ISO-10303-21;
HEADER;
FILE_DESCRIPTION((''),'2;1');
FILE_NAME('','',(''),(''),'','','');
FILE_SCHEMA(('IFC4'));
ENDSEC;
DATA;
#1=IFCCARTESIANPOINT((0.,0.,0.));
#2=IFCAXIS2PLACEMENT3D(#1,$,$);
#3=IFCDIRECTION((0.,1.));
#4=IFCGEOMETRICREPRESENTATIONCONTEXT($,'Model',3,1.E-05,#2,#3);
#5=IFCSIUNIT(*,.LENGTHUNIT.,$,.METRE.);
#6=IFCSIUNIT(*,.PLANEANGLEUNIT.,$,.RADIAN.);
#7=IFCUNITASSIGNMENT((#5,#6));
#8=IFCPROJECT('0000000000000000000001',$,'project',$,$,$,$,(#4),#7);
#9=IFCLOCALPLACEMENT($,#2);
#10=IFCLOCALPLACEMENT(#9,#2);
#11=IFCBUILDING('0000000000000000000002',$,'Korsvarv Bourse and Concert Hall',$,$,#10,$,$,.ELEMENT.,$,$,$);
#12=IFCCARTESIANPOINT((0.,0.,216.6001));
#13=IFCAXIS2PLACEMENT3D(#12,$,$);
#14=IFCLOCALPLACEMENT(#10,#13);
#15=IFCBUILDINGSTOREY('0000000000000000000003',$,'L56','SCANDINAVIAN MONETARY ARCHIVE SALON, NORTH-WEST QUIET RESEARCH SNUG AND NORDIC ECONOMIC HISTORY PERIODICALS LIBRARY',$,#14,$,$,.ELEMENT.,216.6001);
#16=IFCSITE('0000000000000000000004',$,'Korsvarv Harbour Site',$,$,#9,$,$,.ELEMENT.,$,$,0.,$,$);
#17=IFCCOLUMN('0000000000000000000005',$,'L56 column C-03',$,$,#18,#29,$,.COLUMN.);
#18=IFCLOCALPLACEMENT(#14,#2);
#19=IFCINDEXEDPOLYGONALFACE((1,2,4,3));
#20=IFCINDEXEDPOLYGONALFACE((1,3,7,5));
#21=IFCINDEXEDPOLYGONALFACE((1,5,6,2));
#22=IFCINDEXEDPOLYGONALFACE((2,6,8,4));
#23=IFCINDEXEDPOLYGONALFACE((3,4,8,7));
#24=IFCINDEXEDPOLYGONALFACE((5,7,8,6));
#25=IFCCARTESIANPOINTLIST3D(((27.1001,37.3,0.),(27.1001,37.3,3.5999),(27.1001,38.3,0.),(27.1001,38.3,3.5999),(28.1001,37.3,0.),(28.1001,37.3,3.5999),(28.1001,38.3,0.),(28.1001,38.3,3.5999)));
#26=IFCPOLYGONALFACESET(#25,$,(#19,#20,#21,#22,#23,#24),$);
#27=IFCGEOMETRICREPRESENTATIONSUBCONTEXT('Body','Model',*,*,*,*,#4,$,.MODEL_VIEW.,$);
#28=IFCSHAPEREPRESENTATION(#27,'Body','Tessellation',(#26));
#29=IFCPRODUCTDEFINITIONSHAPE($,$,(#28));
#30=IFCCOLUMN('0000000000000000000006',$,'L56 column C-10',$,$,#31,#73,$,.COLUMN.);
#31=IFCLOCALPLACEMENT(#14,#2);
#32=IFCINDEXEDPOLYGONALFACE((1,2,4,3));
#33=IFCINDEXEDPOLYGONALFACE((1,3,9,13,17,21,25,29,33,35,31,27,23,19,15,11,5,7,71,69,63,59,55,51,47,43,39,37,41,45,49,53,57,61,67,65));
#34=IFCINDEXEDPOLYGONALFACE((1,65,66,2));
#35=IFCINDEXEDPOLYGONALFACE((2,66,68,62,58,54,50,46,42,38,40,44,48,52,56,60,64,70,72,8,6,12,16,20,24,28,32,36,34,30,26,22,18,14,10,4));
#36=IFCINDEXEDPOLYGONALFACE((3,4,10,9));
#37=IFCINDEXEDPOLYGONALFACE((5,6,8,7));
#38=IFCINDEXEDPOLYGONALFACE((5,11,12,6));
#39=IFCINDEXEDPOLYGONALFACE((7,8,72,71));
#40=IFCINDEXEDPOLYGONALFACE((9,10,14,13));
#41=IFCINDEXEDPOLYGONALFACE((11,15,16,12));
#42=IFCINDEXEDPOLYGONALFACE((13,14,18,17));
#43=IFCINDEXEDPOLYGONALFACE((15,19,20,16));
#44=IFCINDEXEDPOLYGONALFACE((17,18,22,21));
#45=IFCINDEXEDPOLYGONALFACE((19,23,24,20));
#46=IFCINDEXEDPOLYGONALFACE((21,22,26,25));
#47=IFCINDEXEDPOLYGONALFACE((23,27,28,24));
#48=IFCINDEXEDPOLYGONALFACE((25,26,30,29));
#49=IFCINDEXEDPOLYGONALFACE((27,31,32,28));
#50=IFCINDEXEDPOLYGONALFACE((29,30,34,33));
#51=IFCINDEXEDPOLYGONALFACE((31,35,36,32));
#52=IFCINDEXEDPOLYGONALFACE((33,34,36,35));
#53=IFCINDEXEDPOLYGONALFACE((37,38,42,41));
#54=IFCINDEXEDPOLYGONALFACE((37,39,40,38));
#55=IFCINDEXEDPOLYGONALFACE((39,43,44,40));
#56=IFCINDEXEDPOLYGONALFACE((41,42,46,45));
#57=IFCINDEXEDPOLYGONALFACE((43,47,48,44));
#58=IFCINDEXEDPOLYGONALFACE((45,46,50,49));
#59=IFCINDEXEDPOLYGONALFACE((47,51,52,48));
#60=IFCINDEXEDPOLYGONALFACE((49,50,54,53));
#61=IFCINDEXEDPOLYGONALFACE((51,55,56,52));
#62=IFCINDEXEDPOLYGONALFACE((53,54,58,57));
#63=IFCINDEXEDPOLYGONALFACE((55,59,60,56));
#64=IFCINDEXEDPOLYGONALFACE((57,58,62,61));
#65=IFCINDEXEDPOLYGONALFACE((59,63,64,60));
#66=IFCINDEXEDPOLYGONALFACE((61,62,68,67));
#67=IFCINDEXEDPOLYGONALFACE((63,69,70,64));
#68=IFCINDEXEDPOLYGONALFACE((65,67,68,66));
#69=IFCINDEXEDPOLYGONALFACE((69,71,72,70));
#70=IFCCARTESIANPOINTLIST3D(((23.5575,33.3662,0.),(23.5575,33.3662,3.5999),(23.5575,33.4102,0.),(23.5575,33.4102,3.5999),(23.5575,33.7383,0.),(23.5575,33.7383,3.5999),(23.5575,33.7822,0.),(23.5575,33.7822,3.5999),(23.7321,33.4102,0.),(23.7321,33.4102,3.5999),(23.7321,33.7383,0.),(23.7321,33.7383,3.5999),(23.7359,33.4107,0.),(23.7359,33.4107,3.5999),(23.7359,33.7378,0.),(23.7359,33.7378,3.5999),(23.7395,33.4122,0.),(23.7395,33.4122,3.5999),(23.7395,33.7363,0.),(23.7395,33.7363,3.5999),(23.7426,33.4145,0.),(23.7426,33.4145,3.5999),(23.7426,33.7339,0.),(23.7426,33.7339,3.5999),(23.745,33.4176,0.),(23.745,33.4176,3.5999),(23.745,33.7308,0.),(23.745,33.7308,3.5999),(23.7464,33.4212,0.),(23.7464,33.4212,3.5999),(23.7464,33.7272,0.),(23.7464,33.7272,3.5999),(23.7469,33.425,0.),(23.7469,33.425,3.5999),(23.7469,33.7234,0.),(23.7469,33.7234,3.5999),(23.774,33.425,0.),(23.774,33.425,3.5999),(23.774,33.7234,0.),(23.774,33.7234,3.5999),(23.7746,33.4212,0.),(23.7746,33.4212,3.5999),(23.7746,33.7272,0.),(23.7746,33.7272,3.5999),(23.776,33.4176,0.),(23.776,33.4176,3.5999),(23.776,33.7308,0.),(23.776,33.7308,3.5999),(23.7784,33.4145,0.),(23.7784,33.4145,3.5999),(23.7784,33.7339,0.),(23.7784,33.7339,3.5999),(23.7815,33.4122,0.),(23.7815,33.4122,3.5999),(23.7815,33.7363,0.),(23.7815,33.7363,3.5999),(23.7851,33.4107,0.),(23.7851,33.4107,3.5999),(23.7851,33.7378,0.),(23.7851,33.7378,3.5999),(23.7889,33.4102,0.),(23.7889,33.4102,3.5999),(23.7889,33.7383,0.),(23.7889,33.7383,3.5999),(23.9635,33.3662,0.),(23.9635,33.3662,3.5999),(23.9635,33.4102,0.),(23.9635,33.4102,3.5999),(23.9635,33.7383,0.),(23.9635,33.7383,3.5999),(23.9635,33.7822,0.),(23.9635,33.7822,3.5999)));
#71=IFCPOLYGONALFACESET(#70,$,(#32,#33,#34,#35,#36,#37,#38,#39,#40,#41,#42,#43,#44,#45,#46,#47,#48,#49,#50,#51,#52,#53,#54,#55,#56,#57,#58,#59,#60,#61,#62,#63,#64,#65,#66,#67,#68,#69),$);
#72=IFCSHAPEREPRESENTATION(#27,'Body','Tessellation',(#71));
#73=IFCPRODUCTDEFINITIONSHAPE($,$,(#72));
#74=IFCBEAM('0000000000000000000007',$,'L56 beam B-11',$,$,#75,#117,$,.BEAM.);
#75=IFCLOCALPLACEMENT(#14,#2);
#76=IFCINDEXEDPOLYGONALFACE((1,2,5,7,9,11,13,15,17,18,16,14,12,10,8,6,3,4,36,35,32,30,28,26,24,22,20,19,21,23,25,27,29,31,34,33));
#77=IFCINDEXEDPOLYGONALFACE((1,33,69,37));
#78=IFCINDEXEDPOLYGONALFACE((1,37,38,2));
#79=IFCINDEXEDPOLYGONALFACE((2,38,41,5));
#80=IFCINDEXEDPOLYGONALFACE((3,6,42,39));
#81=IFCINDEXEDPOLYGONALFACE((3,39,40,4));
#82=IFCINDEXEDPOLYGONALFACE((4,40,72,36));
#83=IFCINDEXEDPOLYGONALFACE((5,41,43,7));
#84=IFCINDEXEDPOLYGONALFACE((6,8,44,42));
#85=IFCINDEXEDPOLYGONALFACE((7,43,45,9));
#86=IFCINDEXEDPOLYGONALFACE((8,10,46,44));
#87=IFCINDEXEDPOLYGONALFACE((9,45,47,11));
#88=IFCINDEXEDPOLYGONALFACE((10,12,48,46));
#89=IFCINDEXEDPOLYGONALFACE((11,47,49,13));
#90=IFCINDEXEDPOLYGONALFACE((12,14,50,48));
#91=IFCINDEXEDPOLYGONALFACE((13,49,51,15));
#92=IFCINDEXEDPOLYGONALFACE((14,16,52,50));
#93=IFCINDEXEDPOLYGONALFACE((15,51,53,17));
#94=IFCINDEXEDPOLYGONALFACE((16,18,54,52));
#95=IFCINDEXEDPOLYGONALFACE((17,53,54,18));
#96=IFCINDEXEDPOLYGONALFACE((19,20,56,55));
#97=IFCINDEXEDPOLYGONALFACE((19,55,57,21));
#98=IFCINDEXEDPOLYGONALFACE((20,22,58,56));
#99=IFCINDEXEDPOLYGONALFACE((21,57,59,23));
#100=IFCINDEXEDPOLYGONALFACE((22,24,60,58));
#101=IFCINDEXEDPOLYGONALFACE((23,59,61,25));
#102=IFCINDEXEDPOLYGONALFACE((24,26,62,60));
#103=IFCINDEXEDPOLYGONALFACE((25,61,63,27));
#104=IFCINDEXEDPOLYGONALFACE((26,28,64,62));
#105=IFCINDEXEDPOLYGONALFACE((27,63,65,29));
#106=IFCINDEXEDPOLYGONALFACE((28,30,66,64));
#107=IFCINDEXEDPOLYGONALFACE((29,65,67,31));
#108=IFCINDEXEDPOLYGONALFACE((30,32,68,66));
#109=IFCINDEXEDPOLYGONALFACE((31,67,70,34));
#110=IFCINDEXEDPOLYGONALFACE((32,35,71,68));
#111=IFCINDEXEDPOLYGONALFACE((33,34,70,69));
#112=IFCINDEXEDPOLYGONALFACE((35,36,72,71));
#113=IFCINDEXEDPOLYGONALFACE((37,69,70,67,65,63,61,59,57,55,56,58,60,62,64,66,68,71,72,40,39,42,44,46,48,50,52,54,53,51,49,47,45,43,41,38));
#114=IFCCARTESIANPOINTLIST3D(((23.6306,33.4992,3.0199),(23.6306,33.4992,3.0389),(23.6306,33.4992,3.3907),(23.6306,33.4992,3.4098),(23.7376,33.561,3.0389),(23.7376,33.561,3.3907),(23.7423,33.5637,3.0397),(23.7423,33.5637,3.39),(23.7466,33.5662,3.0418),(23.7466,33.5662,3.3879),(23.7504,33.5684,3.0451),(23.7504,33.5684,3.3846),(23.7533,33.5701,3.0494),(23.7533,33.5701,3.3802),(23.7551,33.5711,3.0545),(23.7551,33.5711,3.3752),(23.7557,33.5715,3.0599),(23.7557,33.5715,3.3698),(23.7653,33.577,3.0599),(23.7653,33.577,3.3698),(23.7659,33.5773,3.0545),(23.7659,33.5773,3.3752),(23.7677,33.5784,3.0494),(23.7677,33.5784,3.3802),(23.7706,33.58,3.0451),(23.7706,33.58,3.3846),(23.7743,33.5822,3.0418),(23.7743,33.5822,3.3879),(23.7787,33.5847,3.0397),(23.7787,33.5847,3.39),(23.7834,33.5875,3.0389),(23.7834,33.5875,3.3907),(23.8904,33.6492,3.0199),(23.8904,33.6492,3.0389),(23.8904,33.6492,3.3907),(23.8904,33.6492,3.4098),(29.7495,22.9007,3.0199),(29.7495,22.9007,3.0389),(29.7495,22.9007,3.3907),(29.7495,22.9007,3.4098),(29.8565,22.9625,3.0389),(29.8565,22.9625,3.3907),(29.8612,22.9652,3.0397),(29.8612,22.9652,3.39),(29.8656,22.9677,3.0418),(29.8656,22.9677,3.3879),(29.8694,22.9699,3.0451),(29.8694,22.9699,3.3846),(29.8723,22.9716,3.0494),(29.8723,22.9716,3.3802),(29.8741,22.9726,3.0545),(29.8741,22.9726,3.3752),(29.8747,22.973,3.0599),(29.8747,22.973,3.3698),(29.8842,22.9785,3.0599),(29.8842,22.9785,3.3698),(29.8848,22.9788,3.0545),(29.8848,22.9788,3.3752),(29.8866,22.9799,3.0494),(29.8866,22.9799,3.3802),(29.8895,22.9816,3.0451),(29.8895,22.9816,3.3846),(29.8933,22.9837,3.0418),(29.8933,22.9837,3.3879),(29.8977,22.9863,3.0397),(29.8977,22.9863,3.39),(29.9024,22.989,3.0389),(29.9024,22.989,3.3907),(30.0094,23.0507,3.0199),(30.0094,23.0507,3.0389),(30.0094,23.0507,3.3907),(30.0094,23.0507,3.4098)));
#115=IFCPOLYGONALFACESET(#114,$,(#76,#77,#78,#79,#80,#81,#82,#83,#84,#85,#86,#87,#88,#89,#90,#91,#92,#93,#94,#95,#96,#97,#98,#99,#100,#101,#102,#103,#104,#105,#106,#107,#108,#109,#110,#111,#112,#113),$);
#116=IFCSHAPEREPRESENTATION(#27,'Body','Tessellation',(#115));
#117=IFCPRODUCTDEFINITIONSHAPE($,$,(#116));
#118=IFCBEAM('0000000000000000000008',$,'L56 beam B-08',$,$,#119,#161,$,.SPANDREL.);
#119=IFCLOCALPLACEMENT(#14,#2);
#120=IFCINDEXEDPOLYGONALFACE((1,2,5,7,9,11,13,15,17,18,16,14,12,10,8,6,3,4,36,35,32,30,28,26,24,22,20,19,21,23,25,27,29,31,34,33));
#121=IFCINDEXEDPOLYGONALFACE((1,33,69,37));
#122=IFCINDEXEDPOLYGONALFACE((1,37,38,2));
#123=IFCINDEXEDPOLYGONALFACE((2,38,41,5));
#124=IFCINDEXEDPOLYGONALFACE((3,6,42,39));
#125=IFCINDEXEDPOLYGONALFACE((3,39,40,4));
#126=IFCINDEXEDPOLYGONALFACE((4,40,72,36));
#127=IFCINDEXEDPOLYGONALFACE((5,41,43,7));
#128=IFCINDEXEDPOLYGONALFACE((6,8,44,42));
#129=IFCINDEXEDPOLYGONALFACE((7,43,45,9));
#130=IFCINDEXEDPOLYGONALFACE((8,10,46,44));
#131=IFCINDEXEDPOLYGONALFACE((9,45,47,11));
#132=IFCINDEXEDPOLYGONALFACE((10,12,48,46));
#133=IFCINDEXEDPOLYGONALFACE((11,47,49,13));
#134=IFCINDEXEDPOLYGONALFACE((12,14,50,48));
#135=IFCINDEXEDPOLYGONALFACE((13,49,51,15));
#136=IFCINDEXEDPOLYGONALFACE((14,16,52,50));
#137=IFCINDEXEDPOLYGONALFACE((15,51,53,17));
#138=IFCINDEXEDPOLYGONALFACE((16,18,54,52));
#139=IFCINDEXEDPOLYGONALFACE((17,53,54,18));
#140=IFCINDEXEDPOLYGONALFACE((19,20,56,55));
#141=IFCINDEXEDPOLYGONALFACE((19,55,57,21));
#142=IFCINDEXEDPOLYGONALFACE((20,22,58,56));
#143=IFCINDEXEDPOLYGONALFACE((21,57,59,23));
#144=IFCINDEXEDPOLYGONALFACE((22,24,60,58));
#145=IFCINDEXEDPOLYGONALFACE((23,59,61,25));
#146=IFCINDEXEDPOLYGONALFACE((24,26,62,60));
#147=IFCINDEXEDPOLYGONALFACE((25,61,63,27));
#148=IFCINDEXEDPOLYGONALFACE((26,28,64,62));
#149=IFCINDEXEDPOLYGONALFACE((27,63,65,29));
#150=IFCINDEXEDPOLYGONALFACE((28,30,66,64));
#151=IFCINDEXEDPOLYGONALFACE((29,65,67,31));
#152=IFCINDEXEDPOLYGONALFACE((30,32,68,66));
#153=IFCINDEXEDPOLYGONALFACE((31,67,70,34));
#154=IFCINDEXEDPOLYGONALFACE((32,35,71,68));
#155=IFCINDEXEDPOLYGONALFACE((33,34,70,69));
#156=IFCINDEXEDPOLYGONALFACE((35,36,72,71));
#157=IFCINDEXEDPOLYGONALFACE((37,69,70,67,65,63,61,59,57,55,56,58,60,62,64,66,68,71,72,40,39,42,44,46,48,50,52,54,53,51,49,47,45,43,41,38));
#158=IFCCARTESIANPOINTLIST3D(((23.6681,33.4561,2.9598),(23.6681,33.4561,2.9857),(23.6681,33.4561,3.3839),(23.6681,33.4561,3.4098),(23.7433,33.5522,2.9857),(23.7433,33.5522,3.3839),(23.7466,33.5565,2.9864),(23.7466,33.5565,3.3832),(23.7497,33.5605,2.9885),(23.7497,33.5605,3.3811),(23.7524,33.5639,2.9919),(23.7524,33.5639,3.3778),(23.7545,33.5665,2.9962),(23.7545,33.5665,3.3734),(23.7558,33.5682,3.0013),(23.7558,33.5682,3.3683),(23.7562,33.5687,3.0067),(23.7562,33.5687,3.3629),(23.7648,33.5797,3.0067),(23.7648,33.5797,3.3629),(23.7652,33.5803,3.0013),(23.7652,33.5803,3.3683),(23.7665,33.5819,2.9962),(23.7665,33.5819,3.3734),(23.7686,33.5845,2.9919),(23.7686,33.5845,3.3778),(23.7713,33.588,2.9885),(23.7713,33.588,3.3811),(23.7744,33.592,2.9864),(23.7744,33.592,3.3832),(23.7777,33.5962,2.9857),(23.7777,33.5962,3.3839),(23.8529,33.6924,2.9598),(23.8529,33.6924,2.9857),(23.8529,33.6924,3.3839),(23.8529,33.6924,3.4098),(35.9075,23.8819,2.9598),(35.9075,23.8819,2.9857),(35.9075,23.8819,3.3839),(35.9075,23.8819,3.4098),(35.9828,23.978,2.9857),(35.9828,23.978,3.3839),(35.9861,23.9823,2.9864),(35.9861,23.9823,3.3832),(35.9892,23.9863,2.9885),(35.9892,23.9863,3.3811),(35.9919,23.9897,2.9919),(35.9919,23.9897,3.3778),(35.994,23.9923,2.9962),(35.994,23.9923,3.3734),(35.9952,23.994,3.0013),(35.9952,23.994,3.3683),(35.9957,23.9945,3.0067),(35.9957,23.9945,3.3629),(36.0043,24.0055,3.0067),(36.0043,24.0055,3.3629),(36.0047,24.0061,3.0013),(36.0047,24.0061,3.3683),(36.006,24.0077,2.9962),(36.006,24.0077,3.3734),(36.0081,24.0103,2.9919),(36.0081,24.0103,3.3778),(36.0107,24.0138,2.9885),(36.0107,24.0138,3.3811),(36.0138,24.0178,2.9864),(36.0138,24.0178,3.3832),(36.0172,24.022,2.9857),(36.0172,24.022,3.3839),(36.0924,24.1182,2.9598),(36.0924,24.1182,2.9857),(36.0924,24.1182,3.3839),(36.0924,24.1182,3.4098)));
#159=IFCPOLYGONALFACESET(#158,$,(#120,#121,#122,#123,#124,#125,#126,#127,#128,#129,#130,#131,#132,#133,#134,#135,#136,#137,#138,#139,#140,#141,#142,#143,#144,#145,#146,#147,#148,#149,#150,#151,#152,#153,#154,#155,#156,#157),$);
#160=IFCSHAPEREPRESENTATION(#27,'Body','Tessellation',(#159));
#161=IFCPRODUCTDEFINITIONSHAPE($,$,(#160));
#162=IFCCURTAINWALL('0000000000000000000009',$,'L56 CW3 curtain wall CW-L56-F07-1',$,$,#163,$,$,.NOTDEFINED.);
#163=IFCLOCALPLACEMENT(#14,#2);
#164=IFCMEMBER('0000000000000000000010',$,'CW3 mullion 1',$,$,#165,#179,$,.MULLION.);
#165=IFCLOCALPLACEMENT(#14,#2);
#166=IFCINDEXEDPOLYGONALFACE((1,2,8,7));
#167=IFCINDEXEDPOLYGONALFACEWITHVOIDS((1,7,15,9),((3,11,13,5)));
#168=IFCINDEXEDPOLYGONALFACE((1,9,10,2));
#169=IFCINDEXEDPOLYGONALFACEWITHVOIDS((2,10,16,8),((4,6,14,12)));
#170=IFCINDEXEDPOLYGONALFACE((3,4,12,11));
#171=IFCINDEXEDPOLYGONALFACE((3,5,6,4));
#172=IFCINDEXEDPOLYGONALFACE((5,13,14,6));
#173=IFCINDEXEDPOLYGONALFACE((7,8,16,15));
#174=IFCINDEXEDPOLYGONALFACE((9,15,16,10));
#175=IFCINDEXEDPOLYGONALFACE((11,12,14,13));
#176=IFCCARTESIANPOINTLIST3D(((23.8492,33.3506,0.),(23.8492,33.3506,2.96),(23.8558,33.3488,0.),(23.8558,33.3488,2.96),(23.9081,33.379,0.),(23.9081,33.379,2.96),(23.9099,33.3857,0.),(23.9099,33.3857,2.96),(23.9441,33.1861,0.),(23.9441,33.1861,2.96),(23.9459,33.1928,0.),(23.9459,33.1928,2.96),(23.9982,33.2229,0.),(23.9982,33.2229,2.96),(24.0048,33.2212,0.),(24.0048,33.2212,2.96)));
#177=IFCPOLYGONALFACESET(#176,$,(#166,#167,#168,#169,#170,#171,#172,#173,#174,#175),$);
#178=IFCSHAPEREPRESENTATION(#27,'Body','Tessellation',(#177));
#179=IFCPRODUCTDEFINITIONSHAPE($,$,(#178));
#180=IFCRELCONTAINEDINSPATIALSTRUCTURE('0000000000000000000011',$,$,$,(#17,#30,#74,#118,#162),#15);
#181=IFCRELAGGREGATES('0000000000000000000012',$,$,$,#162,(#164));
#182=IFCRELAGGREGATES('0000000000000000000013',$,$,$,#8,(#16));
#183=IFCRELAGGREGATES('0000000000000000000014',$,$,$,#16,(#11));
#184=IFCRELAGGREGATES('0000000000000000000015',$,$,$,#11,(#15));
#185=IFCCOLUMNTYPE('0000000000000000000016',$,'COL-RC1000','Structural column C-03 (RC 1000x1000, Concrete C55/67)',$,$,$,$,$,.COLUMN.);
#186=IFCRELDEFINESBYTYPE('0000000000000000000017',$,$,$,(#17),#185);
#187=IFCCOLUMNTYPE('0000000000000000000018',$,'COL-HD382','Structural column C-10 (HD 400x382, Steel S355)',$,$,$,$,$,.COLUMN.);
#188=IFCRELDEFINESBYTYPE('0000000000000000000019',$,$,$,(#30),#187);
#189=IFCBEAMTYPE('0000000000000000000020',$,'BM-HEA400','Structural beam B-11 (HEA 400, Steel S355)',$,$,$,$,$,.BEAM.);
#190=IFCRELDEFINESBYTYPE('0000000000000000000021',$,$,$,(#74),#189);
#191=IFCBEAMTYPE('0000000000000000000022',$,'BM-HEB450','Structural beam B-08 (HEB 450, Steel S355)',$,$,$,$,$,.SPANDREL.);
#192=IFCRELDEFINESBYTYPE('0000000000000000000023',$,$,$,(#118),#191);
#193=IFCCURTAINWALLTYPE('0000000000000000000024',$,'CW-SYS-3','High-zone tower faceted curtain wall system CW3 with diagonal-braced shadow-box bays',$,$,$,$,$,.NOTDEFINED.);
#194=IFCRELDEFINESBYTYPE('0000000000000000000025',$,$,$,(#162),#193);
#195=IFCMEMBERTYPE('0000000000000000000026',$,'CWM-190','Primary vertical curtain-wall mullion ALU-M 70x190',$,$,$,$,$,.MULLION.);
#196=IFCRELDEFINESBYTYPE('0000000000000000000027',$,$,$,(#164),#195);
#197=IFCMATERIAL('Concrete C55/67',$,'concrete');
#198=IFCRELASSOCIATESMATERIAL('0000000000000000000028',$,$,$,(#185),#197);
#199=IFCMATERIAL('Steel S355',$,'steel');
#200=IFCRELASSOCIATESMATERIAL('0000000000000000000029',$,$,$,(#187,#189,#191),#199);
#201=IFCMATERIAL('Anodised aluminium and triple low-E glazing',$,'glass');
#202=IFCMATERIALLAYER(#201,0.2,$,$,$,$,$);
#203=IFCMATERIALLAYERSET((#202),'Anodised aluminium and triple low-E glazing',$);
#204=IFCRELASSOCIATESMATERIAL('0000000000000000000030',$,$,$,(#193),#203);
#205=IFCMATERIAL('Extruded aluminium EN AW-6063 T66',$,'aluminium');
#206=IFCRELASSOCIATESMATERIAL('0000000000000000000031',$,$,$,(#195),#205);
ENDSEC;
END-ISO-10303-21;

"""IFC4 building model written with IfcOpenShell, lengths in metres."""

from ifc_helpers import new_model, si_unit, direction, frame, origin, origin_2d, place, context, subcontext, project, spatial, rectangle, hollow_rectangle, i_section, extrude, source, transform, mapped, material, layer, layer_set, material_profile, profile_set, type_object, element, aggregate, save


model = new_model("IFC4")

# Units and contexts
model_context = context("Model", 3, precision=1e-05, world=origin(), true_north=direction((0.0, 1.0)))
body_context = subcontext(model_context, "Body", "Model", "MODEL_VIEW")
ifc_project = project(units=[si_unit("LENGTHUNIT", "METRE"), si_unit("PLANEANGLEUNIT", "RADIAN")], contexts=[model_context])

# Site, building, storey
site_placement = place(None, origin())
site = spatial("IfcSite", under=ifc_project, at=site_placement, Name="Korsvarv Harbour Site", CompositionType="ELEMENT", RefElevation=0.0)
building_placement = place(site_placement, origin())
building = spatial("IfcBuilding", under=site, at=building_placement, Name="Korsvarv Bourse and Concert Hall", CompositionType="ELEMENT")
storey_placement = place(building_placement, frame((0.0, 0.0, 216.6001)))
storey = spatial("IfcBuildingStorey", under=building, at=storey_placement, Name="L56", Description="SCANDINAVIAN MONETARY ARCHIVE SALON, NORTH-WEST QUIET RESEARCH SNUG AND NORDIC ECONOMIC HISTORY PERIODICALS LIBRARY", CompositionType="ELEMENT", Elevation=216.6001)

# Columns
ifc_material_1 = material(Name="Concrete C55/67", Category="concrete")
ifc_material_profile_1 = material_profile(ifc_material_1, rectangle(XDim=1.0, YDim=1.0, at=origin_2d()), Name="RC 1000x1000")
ifc_profile_set_1 = profile_set([ifc_material_profile_1], Name="Concrete C55/67")
column_type_1 = type_object("IfcColumnType", Name="COL-RC1000", Description="Structural column C-03 (RC 1000x1000, Concrete C55/67)", PredefinedType="COLUMN", material=ifc_profile_set_1)
shared_shape_1 = source(origin(), body_context, "Body", "SweptSolid", [
    extrude(rectangle(XDim=1.0, YDim=1.0, at=origin_2d()), origin(), (0.0, 0.0, 1.0), 3.5999),
])
column_1_placement = place(storey_placement, frame((27.6001, 37.8, 0.0), z_axis=(0.0, 0.0, 1.0), x_axis=(1.0, 0.0, 0.0)))
element("IfcColumn", 1, at=column_1_placement, inside=storey, type_object=column_type_1, Name="L56 column C-03", PredefinedType="COLUMN", context=body_context, shape_type="MappedRepresentation", body=[
    mapped(shared_shape_1, transform((0.0, 0.0, 0.0), scale=1.0)),
])
ifc_material_2 = material(Name="Steel S355", Category="steel")
ifc_material_profile_2 = material_profile(ifc_material_2, i_section(OverallWidth=0.406, OverallDepth=0.416, WebThickness=0.0271, FlangeThickness=0.0439, FilletRadius=0.0149, at=origin_2d()), Name="HD 400x382")
ifc_profile_set_2 = profile_set([ifc_material_profile_2], Name="Steel S355")
column_type_2 = type_object("IfcColumnType", Name="COL-HD382", Description="Structural column C-10 (HD 400x382, Steel S355)", PredefinedType="COLUMN", material=ifc_profile_set_2)
shared_shape_2 = source(origin(), body_context, "Body", "SweptSolid", [
    extrude(i_section(OverallWidth=0.406, OverallDepth=0.416, WebThickness=0.0271, FlangeThickness=0.0439, FilletRadius=0.0149, at=origin_2d()), origin(), (0.0, 0.0, 1.0), 3.5999),
])
column_2_placement = place(storey_placement, frame((23.7605, 33.5742, 0.0), z_axis=(0.0, 0.0, 1.0), x_axis=(1.0, 0.0, 0.0)))
element("IfcColumn", 2, at=column_2_placement, inside=storey, type_object=column_type_2, Name="L56 column C-10", PredefinedType="COLUMN", context=body_context, shape_type="MappedRepresentation", body=[
    mapped(shared_shape_2, transform((0.0, 0.0, 0.0), scale=1.0)),
])

# Beams
ifc_material_profile_3 = material_profile(ifc_material_2, i_section(OverallWidth=0.3, OverallDepth=0.3899, WebThickness=0.011, FlangeThickness=0.019, FilletRadius=0.021, at=origin_2d()), Name="HEA 400")
ifc_profile_set_3 = profile_set([ifc_material_profile_3], Name="Steel S355")
beam_type_1 = type_object("IfcBeamType", Name="BM-HEA400", Description="Structural beam B-11 (HEA 400, Steel S355)", PredefinedType="BEAM", material=ifc_profile_set_3)
shared_shape_3 = source(origin(), body_context, "Body", "SweptSolid", [
    extrude(i_section(OverallWidth=0.3, OverallDepth=0.3899, WebThickness=0.011, FlangeThickness=0.019, FilletRadius=0.021, at=origin_2d()), origin(), (0.0, 0.0, 1.0), 12.238),
])
beam_1_placement = place(storey_placement, frame((23.7605, 33.5742, 3.2148), z_axis=(0.499995, -0.866028, 0.0), x_axis=(0.866028, 0.499995, 0.0)))
element("IfcBeam", 3, at=beam_1_placement, inside=storey, type_object=beam_type_1, Name="L56 beam B-11", PredefinedType="BEAM", context=body_context, shape_type="MappedRepresentation", body=[
    mapped(shared_shape_3, transform((0.0, 0.0, 0.0), scale=1.0)),
])
ifc_material_profile_4 = material_profile(ifc_material_2, i_section(OverallWidth=0.3, OverallDepth=0.45, WebThickness=0.0139, FlangeThickness=0.0259, FilletRadius=0.021, at=origin_2d()), Name="HEB 450")
ifc_profile_set_4 = profile_set([ifc_material_profile_4], Name="Steel S355")
beam_type_2 = type_object("IfcBeamType", Name="BM-HEB450", Description="Structural beam B-08 (HEB 450, Steel S355)", PredefinedType="SPANDREL", material=ifc_profile_set_4)
shared_shape_4 = source(origin(), body_context, "Body", "SweptSolid", [
    extrude(i_section(OverallWidth=0.3, OverallDepth=0.45, WebThickness=0.0139, FlangeThickness=0.0259, FilletRadius=0.021, at=origin_2d()), origin(), (0.0, 0.0, 1.0), 15.5393),
])
beam_2_placement = place(storey_placement, frame((23.7605, 33.5742, 3.1848), z_axis=(0.787646, -0.616128, 0.0), x_axis=(0.616128, 0.787646, 0.0)))
element("IfcBeam", 4, at=beam_2_placement, inside=storey, type_object=beam_type_2, Name="L56 beam B-08", PredefinedType="SPANDREL", context=body_context, shape_type="MappedRepresentation", body=[
    mapped(shared_shape_4, transform((0.0, 0.0, 0.0), scale=1.0)),
])

# Curtain wall, member
ifc_material_3 = material(Name="Anodised aluminium and triple low-E glazing", Category="glass")
ifc_layer_1 = layer(ifc_material_3, 0.2)
ifc_layer_set_1 = layer_set([ifc_layer_1], Name="Anodised aluminium and triple low-E glazing")
curtain_wall_type = type_object("IfcCurtainWallType", Name="CW-SYS-3", Description="High-zone tower faceted curtain wall system CW3 with diagonal-braced shadow-box bays", PredefinedType="NOTDEFINED", material=ifc_layer_set_1)
curtain_wall_placement = place(storey_placement, origin())
curtain_wall = element("IfcCurtainWall", 5, at=curtain_wall_placement, inside=storey, type_object=curtain_wall_type, Name="L56 CW3 curtain wall CW-L56-F07-1", PredefinedType="NOTDEFINED")
ifc_material_4 = material(Name="Extruded aluminium EN AW-6063 T66", Category="aluminium")
ifc_material_profile_5 = material_profile(ifc_material_4, hollow_rectangle(XDim=0.0701, YDim=0.1899, WallThickness=0.0049, at=origin_2d()), Name="ALU-M 70x190")
ifc_profile_set_5 = profile_set([ifc_material_profile_5], Name="Extruded aluminium EN AW-6063 T66")
member_type_1 = type_object("IfcMemberType", Name="CWM-190", Description="Primary vertical curtain-wall mullion ALU-M 70x190", PredefinedType="MULLION", material=ifc_profile_set_5)
shared_shape_5 = source(origin(), body_context, "Body", "SweptSolid", [
    extrude(hollow_rectangle(XDim=0.0701, YDim=0.1899, WallThickness=0.0049, at=origin_2d()), origin(), (0.0, 0.0, 1.0), 2.96),
])
member_1_placement = place(storey_placement, frame((23.927, 33.2859, 0.0), z_axis=(0.0, 0.0, 1.0), x_axis=(0.866052, 0.499954, 0.0)))
member_1 = element("IfcMember", 6, at=member_1_placement, type_object=member_type_1, Name="CW3 mullion 1", PredefinedType="MULLION", context=body_context, shape_type="MappedRepresentation", body=[
    mapped(shared_shape_5, transform((0.0, 0.0, 0.0), scale=1.0)),
])
aggregate(curtain_wall, [member_1])

save(model, "model.ifc")
